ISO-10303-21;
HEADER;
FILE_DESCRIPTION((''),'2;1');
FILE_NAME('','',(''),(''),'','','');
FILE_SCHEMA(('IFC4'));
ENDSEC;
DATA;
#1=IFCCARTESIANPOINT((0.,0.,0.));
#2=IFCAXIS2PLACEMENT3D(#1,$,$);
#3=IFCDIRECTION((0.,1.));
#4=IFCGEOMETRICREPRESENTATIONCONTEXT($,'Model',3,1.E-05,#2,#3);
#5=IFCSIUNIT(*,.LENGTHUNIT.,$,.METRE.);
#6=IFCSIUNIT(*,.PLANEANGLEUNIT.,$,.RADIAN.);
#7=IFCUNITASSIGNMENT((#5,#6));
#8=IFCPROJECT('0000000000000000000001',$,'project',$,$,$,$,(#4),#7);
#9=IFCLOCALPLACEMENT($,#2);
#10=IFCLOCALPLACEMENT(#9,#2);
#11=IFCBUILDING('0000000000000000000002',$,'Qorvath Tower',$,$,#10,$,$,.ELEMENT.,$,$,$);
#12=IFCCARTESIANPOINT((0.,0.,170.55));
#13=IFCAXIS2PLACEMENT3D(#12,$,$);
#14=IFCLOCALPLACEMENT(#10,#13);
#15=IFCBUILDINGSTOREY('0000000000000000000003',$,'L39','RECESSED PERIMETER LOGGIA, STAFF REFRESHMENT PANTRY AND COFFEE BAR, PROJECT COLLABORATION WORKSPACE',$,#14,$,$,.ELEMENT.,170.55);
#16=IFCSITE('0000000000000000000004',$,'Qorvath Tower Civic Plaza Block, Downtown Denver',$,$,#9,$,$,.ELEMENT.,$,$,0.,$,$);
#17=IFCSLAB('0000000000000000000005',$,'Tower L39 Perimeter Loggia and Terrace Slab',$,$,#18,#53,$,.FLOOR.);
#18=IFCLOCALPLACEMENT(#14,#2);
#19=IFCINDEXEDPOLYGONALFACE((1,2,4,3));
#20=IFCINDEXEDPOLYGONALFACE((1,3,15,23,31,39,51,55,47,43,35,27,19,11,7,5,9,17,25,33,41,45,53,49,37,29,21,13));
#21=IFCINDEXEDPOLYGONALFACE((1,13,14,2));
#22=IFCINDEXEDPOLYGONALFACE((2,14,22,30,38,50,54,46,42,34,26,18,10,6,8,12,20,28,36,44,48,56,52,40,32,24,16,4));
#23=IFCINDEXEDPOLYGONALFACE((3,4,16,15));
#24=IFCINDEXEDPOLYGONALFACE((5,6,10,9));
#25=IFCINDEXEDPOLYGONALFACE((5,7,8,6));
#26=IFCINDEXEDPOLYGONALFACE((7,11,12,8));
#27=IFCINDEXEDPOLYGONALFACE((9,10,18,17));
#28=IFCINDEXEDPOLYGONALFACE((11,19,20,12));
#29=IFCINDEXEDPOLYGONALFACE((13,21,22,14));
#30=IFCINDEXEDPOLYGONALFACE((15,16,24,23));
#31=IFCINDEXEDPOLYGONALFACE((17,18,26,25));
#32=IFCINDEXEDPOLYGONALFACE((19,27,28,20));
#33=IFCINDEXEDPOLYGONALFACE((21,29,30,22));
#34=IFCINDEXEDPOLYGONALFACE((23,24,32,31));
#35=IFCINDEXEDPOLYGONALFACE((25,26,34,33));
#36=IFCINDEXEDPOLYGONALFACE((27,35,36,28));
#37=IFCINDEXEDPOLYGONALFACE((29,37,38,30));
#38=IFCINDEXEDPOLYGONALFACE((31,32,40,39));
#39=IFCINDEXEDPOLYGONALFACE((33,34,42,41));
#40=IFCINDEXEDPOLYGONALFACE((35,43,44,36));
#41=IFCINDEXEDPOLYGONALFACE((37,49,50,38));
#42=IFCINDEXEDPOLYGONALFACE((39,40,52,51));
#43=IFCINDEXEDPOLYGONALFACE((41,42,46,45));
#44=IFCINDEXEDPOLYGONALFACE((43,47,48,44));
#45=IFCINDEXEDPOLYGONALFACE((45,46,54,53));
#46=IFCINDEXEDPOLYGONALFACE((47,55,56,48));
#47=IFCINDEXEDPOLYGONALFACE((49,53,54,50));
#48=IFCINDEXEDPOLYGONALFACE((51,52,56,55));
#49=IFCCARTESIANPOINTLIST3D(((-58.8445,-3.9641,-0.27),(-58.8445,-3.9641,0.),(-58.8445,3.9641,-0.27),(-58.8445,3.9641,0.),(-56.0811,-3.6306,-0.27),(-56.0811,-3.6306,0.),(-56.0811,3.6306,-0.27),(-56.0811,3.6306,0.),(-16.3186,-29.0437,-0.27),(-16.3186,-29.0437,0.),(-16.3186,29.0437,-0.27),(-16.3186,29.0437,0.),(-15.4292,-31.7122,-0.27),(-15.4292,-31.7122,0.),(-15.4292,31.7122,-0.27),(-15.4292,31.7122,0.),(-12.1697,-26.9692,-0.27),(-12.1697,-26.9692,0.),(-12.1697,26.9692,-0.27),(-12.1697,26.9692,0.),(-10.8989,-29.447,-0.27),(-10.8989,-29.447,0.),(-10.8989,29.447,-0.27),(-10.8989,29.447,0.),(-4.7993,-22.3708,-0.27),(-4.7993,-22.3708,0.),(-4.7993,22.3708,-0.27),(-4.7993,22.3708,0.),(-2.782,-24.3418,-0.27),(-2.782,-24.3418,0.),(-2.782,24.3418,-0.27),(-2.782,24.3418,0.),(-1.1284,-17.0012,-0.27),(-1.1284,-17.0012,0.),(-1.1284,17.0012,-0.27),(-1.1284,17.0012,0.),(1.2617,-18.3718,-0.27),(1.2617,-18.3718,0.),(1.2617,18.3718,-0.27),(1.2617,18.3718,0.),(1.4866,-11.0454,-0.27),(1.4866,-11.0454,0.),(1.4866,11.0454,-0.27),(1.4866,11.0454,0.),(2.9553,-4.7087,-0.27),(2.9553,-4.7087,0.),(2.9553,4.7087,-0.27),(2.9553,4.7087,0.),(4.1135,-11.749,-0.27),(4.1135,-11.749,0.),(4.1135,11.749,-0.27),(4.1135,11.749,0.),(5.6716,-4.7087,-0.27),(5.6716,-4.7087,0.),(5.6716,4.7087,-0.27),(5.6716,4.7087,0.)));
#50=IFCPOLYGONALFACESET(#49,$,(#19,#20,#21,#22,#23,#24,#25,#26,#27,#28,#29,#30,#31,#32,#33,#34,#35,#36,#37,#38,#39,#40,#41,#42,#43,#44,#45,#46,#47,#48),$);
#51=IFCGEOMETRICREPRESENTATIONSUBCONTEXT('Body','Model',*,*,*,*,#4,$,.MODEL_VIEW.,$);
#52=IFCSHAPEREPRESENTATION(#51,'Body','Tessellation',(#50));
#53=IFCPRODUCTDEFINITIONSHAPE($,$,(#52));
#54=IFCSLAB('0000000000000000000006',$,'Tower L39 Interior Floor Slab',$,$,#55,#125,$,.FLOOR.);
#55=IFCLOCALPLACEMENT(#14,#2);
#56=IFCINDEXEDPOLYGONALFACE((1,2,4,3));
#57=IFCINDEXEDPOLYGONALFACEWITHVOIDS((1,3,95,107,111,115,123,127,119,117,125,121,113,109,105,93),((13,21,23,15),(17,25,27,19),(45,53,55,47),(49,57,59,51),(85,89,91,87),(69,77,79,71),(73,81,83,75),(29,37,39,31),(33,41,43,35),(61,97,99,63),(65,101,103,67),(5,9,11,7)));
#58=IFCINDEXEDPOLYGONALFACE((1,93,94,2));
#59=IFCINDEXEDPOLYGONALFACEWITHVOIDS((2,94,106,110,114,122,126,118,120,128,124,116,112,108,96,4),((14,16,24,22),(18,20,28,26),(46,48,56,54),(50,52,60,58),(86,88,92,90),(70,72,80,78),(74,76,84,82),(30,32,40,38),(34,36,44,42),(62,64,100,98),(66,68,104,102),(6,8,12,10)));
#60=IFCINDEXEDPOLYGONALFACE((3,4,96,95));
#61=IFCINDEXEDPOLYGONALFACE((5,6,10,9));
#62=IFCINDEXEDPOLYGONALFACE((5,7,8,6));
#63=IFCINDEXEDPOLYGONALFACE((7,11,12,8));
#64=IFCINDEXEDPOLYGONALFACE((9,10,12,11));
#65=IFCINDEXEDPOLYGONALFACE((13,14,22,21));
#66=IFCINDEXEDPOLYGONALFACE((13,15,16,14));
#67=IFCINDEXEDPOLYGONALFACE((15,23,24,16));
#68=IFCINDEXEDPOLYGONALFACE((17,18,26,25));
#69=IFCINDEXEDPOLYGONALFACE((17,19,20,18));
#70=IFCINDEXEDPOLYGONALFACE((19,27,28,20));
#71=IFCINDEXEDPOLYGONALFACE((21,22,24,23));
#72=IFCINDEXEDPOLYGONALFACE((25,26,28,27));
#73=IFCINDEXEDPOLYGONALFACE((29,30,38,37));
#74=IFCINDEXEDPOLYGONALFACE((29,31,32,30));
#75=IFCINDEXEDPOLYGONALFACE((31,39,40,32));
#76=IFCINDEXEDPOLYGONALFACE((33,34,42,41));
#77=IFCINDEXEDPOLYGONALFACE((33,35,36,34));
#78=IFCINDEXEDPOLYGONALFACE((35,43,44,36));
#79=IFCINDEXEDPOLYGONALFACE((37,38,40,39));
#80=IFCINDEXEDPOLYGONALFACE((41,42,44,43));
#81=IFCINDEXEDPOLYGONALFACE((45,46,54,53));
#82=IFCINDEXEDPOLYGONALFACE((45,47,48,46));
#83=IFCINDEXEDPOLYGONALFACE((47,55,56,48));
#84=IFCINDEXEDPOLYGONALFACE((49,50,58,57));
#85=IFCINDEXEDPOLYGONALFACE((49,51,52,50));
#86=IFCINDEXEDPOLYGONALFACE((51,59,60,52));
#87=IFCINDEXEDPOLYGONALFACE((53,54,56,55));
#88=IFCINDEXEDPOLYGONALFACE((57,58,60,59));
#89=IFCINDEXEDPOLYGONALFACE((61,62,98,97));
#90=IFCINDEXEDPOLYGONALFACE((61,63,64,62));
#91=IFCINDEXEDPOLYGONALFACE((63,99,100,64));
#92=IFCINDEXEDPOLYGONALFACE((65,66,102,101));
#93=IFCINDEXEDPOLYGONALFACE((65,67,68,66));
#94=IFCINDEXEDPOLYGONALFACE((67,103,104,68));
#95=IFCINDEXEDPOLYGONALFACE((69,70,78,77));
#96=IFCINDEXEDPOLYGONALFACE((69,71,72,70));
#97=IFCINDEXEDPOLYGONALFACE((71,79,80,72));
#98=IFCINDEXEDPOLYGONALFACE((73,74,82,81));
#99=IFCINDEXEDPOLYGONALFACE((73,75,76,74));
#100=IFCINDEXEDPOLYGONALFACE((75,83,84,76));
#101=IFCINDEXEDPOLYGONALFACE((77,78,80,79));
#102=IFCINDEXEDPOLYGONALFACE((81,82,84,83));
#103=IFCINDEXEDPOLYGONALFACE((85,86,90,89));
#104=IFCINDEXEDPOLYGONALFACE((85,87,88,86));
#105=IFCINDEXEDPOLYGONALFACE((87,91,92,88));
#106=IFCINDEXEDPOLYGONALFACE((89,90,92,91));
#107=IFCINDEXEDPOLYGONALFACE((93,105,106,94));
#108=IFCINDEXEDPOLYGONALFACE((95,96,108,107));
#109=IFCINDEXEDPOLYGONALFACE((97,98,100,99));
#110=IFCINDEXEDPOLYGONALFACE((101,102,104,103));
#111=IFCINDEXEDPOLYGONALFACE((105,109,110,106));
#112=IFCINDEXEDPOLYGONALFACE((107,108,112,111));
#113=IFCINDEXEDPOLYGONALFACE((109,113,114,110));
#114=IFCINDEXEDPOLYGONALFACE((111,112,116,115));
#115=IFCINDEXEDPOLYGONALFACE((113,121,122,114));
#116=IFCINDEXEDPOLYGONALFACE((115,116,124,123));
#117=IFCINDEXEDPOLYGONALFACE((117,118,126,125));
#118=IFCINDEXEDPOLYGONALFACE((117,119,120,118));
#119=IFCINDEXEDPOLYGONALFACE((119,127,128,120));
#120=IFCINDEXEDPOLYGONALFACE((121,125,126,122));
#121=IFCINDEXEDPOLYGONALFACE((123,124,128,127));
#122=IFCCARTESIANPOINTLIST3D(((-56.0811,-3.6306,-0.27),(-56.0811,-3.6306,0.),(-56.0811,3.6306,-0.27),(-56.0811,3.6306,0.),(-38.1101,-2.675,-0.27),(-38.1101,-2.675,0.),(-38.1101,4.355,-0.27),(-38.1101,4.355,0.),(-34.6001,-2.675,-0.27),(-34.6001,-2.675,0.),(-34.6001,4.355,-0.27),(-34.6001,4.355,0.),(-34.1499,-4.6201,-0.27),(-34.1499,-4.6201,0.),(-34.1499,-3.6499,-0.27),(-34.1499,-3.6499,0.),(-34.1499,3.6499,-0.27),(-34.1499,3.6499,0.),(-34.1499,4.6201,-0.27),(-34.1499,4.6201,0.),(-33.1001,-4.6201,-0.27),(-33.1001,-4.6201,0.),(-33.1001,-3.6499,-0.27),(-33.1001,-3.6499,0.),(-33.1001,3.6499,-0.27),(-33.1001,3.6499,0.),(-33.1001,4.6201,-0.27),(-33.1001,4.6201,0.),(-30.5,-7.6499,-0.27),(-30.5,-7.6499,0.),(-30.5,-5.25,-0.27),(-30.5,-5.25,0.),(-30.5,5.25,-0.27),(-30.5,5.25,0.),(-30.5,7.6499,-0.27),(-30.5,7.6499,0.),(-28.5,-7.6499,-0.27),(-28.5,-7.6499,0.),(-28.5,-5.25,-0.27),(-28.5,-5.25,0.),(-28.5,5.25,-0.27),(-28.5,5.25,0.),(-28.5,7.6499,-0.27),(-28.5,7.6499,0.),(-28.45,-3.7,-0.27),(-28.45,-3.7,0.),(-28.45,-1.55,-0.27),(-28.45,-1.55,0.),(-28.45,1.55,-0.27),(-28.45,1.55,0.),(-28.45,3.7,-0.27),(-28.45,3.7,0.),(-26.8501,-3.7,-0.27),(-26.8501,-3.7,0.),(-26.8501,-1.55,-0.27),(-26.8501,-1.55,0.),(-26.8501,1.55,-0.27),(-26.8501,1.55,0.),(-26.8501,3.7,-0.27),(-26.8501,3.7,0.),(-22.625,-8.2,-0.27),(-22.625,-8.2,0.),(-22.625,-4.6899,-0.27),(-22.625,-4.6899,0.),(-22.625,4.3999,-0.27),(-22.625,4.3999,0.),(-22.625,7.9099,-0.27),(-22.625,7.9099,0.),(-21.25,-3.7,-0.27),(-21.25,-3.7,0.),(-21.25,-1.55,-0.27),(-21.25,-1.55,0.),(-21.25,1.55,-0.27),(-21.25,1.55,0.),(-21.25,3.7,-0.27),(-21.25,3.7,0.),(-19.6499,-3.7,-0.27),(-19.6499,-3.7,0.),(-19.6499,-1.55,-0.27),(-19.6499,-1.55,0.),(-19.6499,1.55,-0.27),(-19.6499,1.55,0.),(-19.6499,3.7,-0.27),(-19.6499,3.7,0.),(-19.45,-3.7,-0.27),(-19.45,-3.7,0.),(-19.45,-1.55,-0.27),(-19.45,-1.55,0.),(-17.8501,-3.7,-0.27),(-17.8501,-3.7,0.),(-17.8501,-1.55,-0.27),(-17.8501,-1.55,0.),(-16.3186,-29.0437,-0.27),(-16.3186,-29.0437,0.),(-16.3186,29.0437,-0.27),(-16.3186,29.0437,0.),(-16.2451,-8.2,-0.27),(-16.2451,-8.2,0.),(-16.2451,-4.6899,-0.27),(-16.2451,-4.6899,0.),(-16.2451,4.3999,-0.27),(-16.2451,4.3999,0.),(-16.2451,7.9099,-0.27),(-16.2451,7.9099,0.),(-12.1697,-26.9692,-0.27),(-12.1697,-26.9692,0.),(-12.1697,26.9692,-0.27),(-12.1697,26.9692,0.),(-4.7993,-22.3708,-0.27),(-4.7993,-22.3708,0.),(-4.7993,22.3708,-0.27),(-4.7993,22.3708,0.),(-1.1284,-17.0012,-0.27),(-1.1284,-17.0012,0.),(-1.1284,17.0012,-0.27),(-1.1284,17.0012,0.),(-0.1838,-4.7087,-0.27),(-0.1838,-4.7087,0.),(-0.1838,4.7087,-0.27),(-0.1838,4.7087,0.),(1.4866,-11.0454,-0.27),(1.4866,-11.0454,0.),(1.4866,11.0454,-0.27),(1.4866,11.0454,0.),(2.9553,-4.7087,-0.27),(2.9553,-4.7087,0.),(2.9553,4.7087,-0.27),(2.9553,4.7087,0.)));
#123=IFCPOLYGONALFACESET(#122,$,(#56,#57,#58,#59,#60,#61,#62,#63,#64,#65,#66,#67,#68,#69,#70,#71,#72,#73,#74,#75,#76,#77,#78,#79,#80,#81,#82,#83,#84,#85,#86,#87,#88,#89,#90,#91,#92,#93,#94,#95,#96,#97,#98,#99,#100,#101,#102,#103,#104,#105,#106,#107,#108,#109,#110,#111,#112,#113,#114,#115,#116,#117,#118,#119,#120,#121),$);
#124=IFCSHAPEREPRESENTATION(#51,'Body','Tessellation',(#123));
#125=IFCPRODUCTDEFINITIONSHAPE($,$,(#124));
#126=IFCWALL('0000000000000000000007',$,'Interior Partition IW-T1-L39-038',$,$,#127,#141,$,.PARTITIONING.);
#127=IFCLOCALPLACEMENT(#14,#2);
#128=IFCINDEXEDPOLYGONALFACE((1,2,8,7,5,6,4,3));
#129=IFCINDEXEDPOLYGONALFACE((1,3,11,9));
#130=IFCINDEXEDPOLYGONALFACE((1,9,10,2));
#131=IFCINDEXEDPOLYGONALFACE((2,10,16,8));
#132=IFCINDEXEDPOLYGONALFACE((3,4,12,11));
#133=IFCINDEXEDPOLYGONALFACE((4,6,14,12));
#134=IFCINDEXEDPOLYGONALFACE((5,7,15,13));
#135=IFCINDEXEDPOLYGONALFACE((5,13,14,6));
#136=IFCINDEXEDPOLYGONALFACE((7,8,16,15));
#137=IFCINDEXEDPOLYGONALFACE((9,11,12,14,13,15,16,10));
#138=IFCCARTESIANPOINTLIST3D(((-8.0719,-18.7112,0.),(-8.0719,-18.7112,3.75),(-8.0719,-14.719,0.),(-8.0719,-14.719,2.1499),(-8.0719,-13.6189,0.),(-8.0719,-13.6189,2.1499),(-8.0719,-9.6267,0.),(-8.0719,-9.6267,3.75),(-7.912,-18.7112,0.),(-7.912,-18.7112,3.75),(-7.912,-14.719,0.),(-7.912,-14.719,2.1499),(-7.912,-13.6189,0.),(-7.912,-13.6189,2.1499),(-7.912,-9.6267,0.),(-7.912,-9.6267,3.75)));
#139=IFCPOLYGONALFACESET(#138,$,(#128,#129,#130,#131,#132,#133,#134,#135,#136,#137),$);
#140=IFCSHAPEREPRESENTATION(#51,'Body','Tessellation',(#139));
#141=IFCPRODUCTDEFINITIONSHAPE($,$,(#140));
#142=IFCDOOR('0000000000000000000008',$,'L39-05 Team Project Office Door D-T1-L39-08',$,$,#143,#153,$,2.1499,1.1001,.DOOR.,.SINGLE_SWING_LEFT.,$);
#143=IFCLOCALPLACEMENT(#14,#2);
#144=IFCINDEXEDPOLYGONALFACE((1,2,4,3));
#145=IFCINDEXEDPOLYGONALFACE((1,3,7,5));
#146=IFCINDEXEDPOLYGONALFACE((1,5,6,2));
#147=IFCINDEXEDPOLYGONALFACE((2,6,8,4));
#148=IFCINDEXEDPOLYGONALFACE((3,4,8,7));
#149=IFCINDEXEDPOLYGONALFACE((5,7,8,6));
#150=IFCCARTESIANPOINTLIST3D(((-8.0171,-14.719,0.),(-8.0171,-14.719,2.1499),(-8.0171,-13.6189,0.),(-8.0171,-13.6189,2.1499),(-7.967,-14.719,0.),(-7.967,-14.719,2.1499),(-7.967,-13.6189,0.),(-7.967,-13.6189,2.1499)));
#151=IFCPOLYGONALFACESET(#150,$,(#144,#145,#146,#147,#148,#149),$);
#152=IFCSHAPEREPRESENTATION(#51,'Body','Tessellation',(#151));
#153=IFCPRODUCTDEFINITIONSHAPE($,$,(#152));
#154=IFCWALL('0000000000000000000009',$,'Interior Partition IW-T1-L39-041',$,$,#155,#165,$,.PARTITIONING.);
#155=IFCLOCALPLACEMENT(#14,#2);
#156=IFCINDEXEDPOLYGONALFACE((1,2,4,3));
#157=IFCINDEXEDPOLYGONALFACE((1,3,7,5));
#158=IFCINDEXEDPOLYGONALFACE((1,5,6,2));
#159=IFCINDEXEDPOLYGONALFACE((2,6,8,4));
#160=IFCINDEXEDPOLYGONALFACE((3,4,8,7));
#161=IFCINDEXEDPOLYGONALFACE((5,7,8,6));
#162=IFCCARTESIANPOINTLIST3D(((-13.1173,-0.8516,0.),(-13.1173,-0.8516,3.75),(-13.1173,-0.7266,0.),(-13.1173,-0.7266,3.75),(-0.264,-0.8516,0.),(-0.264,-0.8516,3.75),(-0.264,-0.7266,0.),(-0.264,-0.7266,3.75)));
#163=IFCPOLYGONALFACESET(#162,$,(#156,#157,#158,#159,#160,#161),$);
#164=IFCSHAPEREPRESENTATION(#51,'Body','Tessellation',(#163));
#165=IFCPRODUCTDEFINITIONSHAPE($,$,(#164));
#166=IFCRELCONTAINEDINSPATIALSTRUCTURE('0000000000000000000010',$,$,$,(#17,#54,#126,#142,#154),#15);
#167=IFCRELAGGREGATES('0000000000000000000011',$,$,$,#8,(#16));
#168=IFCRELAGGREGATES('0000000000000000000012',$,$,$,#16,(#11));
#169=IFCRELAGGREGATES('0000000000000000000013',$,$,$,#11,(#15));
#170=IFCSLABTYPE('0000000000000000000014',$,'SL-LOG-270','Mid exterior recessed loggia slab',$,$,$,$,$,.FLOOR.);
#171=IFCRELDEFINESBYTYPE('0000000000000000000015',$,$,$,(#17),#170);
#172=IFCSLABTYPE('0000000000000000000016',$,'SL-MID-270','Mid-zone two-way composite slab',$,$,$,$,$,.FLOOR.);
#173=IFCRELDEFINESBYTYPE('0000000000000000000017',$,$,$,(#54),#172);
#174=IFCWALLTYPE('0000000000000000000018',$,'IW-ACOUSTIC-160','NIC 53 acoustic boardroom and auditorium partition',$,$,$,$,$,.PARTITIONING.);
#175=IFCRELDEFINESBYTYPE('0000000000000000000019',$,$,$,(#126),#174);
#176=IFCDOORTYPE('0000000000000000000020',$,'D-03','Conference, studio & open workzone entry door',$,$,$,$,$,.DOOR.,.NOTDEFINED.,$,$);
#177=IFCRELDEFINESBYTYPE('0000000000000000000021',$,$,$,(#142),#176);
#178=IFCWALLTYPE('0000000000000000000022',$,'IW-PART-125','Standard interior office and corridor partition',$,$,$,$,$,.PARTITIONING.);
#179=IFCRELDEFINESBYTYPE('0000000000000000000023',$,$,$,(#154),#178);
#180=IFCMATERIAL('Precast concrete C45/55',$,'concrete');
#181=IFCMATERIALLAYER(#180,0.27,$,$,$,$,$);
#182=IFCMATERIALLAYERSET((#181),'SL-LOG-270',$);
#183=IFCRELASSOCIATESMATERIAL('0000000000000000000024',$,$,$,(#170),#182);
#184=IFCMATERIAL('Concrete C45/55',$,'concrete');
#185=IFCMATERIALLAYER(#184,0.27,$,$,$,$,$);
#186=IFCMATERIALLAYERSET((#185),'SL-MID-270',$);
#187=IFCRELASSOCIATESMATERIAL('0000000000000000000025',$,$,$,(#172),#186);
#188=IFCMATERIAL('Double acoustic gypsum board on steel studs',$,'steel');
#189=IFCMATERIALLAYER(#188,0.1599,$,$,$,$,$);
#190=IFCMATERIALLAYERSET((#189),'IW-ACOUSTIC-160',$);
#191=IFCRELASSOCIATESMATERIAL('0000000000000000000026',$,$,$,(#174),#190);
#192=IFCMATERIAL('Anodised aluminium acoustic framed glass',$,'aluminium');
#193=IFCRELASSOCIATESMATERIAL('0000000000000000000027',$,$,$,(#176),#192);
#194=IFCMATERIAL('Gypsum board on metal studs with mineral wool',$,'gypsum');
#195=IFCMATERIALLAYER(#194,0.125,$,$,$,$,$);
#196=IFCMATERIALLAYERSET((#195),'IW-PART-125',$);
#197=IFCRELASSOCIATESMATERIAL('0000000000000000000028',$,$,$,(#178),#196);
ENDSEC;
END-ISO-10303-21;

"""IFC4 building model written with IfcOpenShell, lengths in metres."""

from ifc_helpers import new_model, si_unit, direction, frame, frame_2d, origin, place, context, subcontext, project, spatial, polyline, rectangle, outline, extrude, material, layer, layer_set, type_object, element, fill, save


model = new_model("IFC4")

# Units and contexts
model_context = context("Model", 3, precision=1e-05, world=origin(), true_north=direction((0.0, 1.0)))
body_context = subcontext(model_context, "Body", "Model", "MODEL_VIEW")
ifc_project = project(units=[si_unit("LENGTHUNIT", "METRE"), si_unit("PLANEANGLEUNIT", "RADIAN")], contexts=[model_context])

# Site, building, storey
site_placement = place(None, origin())
site = spatial("IfcSite", under=ifc_project, at=site_placement, Name="Qorvath Tower Civic Plaza Block, Downtown Denver", CompositionType="ELEMENT", RefElevation=0.0)
building_placement = place(site_placement, origin())
building = spatial("IfcBuilding", under=site, at=building_placement, Name="Qorvath Tower", CompositionType="ELEMENT")
storey_placement = place(building_placement, frame((0.0, 0.0, 170.55)))
storey = spatial("IfcBuildingStorey", under=building, at=storey_placement, Name="L39", Description="RECESSED PERIMETER LOGGIA, STAFF REFRESHMENT PANTRY AND COFFEE BAR, PROJECT COLLABORATION WORKSPACE", CompositionType="ELEMENT", Elevation=170.55)

# Slabs
ifc_material_1 = material(Name="Precast concrete C45/55", Category="concrete")
ifc_layer_1 = layer(ifc_material_1, 0.27)
ifc_layer_set_1 = layer_set([ifc_layer_1], Name="SL-LOG-270")
slab_type_1 = type_object("IfcSlabType", Name="SL-LOG-270", Description="Mid exterior recessed loggia slab", PredefinedType="FLOOR", material=ifc_layer_set_1)
slab_1_placement = place(storey_placement, frame((0.0, 0.0, -0.27)))
element("IfcSlab", 1, at=slab_1_placement, inside=storey, type_object=slab_type_1, Name="Tower L39 Perimeter Loggia and Terrace Slab", PredefinedType="FLOOR", context=body_context, shape_type="SweptSolid", body=[
    extrude(outline(polyline([(2.9553, -4.7087), (1.4866, -11.0454), (-1.1284, -17.0012), (-4.7993, -22.3708), (-12.1697, -26.9692), (-16.3186, -29.0437), (-56.0811, -3.6306), (-56.0811, 3.6306), (-16.3186, 29.0437), (-12.1697, 26.9692), (-4.7993, 22.3708), (-1.1284, 17.0012), (1.4866, 11.0454), (2.9553, 4.7087), (5.6716, 4.7087), (4.1135, 11.749), (1.2617, 18.3718), (-2.782, 24.3418), (-10.8989, 29.447), (-15.4292, 31.7122), (-58.8445, 3.9641), (-58.8445, -3.9641), (-15.4292, -31.7122), (-10.8989, -29.447), (-2.782, -24.3418), (1.2617, -18.3718), (4.1135, -11.749), (5.6716, -4.7087), (2.9553, -4.7087)])), origin(), (0.0, 0.0, 1.0), 0.27),
])
ifc_material_2 = material(Name="Concrete C45/55", Category="concrete")
ifc_layer_2 = layer(ifc_material_2, 0.27)
ifc_layer_set_2 = layer_set([ifc_layer_2], Name="SL-MID-270")
slab_type_2 = type_object("IfcSlabType", Name="SL-MID-270", Description="Mid-zone two-way composite slab", PredefinedType="FLOOR", material=ifc_layer_set_2)
slab_2_placement = place(storey_placement, frame((0.0, 0.0, -0.27)))
element("IfcSlab", 2, at=slab_2_placement, inside=storey, type_object=slab_type_2, Name="Tower L39 Interior Floor Slab", PredefinedType="FLOOR", context=body_context, shape_type="SweptSolid", body=[
    extrude(outline(polyline([(-56.0811, 3.6306), (-56.0811, -3.6306), (-16.3186, -29.0437), (-12.1697, -26.9692), (-4.7993, -22.3708), (-1.1284, -17.0012), (1.4866, -11.0454), (2.9553, -4.7087), (-0.1838, -4.7087), (-0.1838, 4.7087), (2.9553, 4.7087), (1.4866, 11.0454), (-1.1284, 17.0012), (-4.7993, 22.3708), (-12.1697, 26.9692), (-16.3186, 29.0437), (-56.0811, 3.6306)]), holes=[polyline([(-16.2451, -8.2), (-22.625, -8.2), (-22.625, -4.6899), (-16.2451, -4.6899), (-16.2451, -8.2)]), polyline([(-22.625, 4.3999), (-22.625, 7.9099), (-16.2451, 7.9099), (-16.2451, 4.3999), (-22.625, 4.3999)]), polyline([(-17.8501, -3.7), (-19.45, -3.7), (-19.45, -1.55), (-17.8501, -1.55), (-17.8501, -3.7)]), polyline([(-21.25, -3.7), (-21.25, -1.55), (-19.6499, -1.55), (-19.6499, -3.7), (-21.25, -3.7)]), polyline([(-21.25, 1.55), (-21.25, 3.7), (-19.6499, 3.7), (-19.6499, 1.55), (-21.25, 1.55)]), polyline([(-28.45, -3.7), (-28.45, -1.55), (-26.8501, -1.55), (-26.8501, -3.7), (-28.45, -3.7)]), polyline([(-26.8501, 1.55), (-28.45, 1.55), (-28.45, 3.7), (-26.8501, 3.7), (-26.8501, 1.55)]), polyline([(-28.5, -7.6499), (-30.5, -7.6499), (-30.5, -5.25), (-28.5, -5.25), (-28.5, -7.6499)]), polyline([(-30.5, 5.25), (-30.5, 7.6499), (-28.5, 7.6499), (-28.5, 5.25), (-30.5, 5.25)]), polyline([(-34.1499, -4.6201), (-34.1499, -3.6499), (-33.1001, -3.6499), (-33.1001, -4.6201), (-34.1499, -4.6201)]), polyline([(-34.1499, 3.6499), (-34.1499, 4.6201), (-33.1001, 4.6201), (-33.1001, 3.6499), (-34.1499, 3.6499)]), polyline([(-34.6001, -2.675), (-38.1101, -2.675), (-38.1101, 4.355), (-34.6001, 4.355), (-34.6001, -2.675)])]), origin(), (0.0, 0.0, 1.0), 0.27),
])

# Wall, opening, door
ifc_material_3 = material(Name="Double acoustic gypsum board on steel studs", Category="steel")
ifc_layer_3 = layer(ifc_material_3, 0.1599)
ifc_layer_set_3 = layer_set([ifc_layer_3], Name="IW-ACOUSTIC-160")
wall_type_1 = type_object("IfcWallType", Name="IW-ACOUSTIC-160", Description="NIC 53 acoustic boardroom and auditorium partition", PredefinedType="PARTITIONING", material=ifc_layer_set_3)
wall_1_placement = place(storey_placement, frame((-7.9919, -9.6267, 0.0), z_axis=(0.0, 0.0, 1.0), x_axis=(0.0, -1.0, 0.0)))
wall_1 = element("IfcWall", 3, at=wall_1_placement, inside=storey, type_object=wall_type_1, Name="Interior Partition IW-T1-L39-038", PredefinedType="PARTITIONING", context=body_context, shape_type="SweptSolid", body=[
    extrude(rectangle(XDim=9.0845, YDim=0.1599, at=frame_2d((4.5422, 0.0))), origin(), (0.0, 0.0, 1.0), 3.75),
])
opening_1_placement = place(wall_1_placement, frame((3.9922, 0.0, 0.0)))
opening_1 = element("IfcOpeningElement", 4, at=opening_1_placement, cuts=wall_1, PredefinedType="OPENING", context=body_context, shape_type="SweptSolid", body=[
    extrude(rectangle(XDim=1.1001, YDim=2.1499, at=frame_2d((0.55, 1.075))), frame((0.0, 0.0898, 0.0), z_axis=(0.0, -1.0, 0.0), x_axis=(1.0, 0.0, 0.0)), (0.0, 0.0, 1.0), 0.1799),
])
ifc_material_4 = material(Name="Anodised aluminium acoustic framed glass", Category="aluminium")
door_type_1 = type_object("IfcDoorType", Name="D-03", Description="Conference, studio & open workzone entry door", OperationType="NOTDEFINED", PredefinedType="DOOR", material=ifc_material_4)
door_1_placement = place(opening_1_placement, origin())
door_1 = element("IfcDoor", 5, at=door_1_placement, inside=storey, type_object=door_type_1, Name="L39-05 Team Project Office Door D-T1-L39-08", OperationType="SINGLE_SWING_LEFT", OverallHeight=2.1499, OverallWidth=1.1001, PredefinedType="DOOR", context=body_context, shape_type="SweptSolid", body=[
    extrude(rectangle(XDim=1.1001, YDim=2.1499, at=frame_2d((0.55, 1.075))), frame((0.0, 0.0249, 0.0), z_axis=(0.0, -1.0, 0.0), x_axis=(1.0, 0.0, 0.0)), (0.0, 0.0, 1.0), 0.05),
])
fill(opening_1, door_1)

# Wall
ifc_material_5 = material(Name="Gypsum board on metal studs with mineral wool", Category="gypsum")
ifc_layer_4 = layer(ifc_material_5, 0.125)
ifc_layer_set_4 = layer_set([ifc_layer_4], Name="IW-PART-125")
wall_type_2 = type_object("IfcWallType", Name="IW-PART-125", Description="Standard interior office and corridor partition", PredefinedType="PARTITIONING", material=ifc_layer_set_4)
wall_2_placement = place(storey_placement, frame((-0.2639, -0.7891, 0.0), z_axis=(0.0, 0.0, 1.0), x_axis=(-1.0, 0.0, 0.0)))
element("IfcWall", 6, at=wall_2_placement, inside=storey, type_object=wall_type_2, Name="Interior Partition IW-T1-L39-041", PredefinedType="PARTITIONING", context=body_context, shape_type="SweptSolid", body=[
    extrude(rectangle(XDim=12.8533, YDim=0.125, at=frame_2d((6.4268, 0.0))), origin(), (0.0, 0.0, 1.0), 3.75),
])

save(model, "model.ifc")
